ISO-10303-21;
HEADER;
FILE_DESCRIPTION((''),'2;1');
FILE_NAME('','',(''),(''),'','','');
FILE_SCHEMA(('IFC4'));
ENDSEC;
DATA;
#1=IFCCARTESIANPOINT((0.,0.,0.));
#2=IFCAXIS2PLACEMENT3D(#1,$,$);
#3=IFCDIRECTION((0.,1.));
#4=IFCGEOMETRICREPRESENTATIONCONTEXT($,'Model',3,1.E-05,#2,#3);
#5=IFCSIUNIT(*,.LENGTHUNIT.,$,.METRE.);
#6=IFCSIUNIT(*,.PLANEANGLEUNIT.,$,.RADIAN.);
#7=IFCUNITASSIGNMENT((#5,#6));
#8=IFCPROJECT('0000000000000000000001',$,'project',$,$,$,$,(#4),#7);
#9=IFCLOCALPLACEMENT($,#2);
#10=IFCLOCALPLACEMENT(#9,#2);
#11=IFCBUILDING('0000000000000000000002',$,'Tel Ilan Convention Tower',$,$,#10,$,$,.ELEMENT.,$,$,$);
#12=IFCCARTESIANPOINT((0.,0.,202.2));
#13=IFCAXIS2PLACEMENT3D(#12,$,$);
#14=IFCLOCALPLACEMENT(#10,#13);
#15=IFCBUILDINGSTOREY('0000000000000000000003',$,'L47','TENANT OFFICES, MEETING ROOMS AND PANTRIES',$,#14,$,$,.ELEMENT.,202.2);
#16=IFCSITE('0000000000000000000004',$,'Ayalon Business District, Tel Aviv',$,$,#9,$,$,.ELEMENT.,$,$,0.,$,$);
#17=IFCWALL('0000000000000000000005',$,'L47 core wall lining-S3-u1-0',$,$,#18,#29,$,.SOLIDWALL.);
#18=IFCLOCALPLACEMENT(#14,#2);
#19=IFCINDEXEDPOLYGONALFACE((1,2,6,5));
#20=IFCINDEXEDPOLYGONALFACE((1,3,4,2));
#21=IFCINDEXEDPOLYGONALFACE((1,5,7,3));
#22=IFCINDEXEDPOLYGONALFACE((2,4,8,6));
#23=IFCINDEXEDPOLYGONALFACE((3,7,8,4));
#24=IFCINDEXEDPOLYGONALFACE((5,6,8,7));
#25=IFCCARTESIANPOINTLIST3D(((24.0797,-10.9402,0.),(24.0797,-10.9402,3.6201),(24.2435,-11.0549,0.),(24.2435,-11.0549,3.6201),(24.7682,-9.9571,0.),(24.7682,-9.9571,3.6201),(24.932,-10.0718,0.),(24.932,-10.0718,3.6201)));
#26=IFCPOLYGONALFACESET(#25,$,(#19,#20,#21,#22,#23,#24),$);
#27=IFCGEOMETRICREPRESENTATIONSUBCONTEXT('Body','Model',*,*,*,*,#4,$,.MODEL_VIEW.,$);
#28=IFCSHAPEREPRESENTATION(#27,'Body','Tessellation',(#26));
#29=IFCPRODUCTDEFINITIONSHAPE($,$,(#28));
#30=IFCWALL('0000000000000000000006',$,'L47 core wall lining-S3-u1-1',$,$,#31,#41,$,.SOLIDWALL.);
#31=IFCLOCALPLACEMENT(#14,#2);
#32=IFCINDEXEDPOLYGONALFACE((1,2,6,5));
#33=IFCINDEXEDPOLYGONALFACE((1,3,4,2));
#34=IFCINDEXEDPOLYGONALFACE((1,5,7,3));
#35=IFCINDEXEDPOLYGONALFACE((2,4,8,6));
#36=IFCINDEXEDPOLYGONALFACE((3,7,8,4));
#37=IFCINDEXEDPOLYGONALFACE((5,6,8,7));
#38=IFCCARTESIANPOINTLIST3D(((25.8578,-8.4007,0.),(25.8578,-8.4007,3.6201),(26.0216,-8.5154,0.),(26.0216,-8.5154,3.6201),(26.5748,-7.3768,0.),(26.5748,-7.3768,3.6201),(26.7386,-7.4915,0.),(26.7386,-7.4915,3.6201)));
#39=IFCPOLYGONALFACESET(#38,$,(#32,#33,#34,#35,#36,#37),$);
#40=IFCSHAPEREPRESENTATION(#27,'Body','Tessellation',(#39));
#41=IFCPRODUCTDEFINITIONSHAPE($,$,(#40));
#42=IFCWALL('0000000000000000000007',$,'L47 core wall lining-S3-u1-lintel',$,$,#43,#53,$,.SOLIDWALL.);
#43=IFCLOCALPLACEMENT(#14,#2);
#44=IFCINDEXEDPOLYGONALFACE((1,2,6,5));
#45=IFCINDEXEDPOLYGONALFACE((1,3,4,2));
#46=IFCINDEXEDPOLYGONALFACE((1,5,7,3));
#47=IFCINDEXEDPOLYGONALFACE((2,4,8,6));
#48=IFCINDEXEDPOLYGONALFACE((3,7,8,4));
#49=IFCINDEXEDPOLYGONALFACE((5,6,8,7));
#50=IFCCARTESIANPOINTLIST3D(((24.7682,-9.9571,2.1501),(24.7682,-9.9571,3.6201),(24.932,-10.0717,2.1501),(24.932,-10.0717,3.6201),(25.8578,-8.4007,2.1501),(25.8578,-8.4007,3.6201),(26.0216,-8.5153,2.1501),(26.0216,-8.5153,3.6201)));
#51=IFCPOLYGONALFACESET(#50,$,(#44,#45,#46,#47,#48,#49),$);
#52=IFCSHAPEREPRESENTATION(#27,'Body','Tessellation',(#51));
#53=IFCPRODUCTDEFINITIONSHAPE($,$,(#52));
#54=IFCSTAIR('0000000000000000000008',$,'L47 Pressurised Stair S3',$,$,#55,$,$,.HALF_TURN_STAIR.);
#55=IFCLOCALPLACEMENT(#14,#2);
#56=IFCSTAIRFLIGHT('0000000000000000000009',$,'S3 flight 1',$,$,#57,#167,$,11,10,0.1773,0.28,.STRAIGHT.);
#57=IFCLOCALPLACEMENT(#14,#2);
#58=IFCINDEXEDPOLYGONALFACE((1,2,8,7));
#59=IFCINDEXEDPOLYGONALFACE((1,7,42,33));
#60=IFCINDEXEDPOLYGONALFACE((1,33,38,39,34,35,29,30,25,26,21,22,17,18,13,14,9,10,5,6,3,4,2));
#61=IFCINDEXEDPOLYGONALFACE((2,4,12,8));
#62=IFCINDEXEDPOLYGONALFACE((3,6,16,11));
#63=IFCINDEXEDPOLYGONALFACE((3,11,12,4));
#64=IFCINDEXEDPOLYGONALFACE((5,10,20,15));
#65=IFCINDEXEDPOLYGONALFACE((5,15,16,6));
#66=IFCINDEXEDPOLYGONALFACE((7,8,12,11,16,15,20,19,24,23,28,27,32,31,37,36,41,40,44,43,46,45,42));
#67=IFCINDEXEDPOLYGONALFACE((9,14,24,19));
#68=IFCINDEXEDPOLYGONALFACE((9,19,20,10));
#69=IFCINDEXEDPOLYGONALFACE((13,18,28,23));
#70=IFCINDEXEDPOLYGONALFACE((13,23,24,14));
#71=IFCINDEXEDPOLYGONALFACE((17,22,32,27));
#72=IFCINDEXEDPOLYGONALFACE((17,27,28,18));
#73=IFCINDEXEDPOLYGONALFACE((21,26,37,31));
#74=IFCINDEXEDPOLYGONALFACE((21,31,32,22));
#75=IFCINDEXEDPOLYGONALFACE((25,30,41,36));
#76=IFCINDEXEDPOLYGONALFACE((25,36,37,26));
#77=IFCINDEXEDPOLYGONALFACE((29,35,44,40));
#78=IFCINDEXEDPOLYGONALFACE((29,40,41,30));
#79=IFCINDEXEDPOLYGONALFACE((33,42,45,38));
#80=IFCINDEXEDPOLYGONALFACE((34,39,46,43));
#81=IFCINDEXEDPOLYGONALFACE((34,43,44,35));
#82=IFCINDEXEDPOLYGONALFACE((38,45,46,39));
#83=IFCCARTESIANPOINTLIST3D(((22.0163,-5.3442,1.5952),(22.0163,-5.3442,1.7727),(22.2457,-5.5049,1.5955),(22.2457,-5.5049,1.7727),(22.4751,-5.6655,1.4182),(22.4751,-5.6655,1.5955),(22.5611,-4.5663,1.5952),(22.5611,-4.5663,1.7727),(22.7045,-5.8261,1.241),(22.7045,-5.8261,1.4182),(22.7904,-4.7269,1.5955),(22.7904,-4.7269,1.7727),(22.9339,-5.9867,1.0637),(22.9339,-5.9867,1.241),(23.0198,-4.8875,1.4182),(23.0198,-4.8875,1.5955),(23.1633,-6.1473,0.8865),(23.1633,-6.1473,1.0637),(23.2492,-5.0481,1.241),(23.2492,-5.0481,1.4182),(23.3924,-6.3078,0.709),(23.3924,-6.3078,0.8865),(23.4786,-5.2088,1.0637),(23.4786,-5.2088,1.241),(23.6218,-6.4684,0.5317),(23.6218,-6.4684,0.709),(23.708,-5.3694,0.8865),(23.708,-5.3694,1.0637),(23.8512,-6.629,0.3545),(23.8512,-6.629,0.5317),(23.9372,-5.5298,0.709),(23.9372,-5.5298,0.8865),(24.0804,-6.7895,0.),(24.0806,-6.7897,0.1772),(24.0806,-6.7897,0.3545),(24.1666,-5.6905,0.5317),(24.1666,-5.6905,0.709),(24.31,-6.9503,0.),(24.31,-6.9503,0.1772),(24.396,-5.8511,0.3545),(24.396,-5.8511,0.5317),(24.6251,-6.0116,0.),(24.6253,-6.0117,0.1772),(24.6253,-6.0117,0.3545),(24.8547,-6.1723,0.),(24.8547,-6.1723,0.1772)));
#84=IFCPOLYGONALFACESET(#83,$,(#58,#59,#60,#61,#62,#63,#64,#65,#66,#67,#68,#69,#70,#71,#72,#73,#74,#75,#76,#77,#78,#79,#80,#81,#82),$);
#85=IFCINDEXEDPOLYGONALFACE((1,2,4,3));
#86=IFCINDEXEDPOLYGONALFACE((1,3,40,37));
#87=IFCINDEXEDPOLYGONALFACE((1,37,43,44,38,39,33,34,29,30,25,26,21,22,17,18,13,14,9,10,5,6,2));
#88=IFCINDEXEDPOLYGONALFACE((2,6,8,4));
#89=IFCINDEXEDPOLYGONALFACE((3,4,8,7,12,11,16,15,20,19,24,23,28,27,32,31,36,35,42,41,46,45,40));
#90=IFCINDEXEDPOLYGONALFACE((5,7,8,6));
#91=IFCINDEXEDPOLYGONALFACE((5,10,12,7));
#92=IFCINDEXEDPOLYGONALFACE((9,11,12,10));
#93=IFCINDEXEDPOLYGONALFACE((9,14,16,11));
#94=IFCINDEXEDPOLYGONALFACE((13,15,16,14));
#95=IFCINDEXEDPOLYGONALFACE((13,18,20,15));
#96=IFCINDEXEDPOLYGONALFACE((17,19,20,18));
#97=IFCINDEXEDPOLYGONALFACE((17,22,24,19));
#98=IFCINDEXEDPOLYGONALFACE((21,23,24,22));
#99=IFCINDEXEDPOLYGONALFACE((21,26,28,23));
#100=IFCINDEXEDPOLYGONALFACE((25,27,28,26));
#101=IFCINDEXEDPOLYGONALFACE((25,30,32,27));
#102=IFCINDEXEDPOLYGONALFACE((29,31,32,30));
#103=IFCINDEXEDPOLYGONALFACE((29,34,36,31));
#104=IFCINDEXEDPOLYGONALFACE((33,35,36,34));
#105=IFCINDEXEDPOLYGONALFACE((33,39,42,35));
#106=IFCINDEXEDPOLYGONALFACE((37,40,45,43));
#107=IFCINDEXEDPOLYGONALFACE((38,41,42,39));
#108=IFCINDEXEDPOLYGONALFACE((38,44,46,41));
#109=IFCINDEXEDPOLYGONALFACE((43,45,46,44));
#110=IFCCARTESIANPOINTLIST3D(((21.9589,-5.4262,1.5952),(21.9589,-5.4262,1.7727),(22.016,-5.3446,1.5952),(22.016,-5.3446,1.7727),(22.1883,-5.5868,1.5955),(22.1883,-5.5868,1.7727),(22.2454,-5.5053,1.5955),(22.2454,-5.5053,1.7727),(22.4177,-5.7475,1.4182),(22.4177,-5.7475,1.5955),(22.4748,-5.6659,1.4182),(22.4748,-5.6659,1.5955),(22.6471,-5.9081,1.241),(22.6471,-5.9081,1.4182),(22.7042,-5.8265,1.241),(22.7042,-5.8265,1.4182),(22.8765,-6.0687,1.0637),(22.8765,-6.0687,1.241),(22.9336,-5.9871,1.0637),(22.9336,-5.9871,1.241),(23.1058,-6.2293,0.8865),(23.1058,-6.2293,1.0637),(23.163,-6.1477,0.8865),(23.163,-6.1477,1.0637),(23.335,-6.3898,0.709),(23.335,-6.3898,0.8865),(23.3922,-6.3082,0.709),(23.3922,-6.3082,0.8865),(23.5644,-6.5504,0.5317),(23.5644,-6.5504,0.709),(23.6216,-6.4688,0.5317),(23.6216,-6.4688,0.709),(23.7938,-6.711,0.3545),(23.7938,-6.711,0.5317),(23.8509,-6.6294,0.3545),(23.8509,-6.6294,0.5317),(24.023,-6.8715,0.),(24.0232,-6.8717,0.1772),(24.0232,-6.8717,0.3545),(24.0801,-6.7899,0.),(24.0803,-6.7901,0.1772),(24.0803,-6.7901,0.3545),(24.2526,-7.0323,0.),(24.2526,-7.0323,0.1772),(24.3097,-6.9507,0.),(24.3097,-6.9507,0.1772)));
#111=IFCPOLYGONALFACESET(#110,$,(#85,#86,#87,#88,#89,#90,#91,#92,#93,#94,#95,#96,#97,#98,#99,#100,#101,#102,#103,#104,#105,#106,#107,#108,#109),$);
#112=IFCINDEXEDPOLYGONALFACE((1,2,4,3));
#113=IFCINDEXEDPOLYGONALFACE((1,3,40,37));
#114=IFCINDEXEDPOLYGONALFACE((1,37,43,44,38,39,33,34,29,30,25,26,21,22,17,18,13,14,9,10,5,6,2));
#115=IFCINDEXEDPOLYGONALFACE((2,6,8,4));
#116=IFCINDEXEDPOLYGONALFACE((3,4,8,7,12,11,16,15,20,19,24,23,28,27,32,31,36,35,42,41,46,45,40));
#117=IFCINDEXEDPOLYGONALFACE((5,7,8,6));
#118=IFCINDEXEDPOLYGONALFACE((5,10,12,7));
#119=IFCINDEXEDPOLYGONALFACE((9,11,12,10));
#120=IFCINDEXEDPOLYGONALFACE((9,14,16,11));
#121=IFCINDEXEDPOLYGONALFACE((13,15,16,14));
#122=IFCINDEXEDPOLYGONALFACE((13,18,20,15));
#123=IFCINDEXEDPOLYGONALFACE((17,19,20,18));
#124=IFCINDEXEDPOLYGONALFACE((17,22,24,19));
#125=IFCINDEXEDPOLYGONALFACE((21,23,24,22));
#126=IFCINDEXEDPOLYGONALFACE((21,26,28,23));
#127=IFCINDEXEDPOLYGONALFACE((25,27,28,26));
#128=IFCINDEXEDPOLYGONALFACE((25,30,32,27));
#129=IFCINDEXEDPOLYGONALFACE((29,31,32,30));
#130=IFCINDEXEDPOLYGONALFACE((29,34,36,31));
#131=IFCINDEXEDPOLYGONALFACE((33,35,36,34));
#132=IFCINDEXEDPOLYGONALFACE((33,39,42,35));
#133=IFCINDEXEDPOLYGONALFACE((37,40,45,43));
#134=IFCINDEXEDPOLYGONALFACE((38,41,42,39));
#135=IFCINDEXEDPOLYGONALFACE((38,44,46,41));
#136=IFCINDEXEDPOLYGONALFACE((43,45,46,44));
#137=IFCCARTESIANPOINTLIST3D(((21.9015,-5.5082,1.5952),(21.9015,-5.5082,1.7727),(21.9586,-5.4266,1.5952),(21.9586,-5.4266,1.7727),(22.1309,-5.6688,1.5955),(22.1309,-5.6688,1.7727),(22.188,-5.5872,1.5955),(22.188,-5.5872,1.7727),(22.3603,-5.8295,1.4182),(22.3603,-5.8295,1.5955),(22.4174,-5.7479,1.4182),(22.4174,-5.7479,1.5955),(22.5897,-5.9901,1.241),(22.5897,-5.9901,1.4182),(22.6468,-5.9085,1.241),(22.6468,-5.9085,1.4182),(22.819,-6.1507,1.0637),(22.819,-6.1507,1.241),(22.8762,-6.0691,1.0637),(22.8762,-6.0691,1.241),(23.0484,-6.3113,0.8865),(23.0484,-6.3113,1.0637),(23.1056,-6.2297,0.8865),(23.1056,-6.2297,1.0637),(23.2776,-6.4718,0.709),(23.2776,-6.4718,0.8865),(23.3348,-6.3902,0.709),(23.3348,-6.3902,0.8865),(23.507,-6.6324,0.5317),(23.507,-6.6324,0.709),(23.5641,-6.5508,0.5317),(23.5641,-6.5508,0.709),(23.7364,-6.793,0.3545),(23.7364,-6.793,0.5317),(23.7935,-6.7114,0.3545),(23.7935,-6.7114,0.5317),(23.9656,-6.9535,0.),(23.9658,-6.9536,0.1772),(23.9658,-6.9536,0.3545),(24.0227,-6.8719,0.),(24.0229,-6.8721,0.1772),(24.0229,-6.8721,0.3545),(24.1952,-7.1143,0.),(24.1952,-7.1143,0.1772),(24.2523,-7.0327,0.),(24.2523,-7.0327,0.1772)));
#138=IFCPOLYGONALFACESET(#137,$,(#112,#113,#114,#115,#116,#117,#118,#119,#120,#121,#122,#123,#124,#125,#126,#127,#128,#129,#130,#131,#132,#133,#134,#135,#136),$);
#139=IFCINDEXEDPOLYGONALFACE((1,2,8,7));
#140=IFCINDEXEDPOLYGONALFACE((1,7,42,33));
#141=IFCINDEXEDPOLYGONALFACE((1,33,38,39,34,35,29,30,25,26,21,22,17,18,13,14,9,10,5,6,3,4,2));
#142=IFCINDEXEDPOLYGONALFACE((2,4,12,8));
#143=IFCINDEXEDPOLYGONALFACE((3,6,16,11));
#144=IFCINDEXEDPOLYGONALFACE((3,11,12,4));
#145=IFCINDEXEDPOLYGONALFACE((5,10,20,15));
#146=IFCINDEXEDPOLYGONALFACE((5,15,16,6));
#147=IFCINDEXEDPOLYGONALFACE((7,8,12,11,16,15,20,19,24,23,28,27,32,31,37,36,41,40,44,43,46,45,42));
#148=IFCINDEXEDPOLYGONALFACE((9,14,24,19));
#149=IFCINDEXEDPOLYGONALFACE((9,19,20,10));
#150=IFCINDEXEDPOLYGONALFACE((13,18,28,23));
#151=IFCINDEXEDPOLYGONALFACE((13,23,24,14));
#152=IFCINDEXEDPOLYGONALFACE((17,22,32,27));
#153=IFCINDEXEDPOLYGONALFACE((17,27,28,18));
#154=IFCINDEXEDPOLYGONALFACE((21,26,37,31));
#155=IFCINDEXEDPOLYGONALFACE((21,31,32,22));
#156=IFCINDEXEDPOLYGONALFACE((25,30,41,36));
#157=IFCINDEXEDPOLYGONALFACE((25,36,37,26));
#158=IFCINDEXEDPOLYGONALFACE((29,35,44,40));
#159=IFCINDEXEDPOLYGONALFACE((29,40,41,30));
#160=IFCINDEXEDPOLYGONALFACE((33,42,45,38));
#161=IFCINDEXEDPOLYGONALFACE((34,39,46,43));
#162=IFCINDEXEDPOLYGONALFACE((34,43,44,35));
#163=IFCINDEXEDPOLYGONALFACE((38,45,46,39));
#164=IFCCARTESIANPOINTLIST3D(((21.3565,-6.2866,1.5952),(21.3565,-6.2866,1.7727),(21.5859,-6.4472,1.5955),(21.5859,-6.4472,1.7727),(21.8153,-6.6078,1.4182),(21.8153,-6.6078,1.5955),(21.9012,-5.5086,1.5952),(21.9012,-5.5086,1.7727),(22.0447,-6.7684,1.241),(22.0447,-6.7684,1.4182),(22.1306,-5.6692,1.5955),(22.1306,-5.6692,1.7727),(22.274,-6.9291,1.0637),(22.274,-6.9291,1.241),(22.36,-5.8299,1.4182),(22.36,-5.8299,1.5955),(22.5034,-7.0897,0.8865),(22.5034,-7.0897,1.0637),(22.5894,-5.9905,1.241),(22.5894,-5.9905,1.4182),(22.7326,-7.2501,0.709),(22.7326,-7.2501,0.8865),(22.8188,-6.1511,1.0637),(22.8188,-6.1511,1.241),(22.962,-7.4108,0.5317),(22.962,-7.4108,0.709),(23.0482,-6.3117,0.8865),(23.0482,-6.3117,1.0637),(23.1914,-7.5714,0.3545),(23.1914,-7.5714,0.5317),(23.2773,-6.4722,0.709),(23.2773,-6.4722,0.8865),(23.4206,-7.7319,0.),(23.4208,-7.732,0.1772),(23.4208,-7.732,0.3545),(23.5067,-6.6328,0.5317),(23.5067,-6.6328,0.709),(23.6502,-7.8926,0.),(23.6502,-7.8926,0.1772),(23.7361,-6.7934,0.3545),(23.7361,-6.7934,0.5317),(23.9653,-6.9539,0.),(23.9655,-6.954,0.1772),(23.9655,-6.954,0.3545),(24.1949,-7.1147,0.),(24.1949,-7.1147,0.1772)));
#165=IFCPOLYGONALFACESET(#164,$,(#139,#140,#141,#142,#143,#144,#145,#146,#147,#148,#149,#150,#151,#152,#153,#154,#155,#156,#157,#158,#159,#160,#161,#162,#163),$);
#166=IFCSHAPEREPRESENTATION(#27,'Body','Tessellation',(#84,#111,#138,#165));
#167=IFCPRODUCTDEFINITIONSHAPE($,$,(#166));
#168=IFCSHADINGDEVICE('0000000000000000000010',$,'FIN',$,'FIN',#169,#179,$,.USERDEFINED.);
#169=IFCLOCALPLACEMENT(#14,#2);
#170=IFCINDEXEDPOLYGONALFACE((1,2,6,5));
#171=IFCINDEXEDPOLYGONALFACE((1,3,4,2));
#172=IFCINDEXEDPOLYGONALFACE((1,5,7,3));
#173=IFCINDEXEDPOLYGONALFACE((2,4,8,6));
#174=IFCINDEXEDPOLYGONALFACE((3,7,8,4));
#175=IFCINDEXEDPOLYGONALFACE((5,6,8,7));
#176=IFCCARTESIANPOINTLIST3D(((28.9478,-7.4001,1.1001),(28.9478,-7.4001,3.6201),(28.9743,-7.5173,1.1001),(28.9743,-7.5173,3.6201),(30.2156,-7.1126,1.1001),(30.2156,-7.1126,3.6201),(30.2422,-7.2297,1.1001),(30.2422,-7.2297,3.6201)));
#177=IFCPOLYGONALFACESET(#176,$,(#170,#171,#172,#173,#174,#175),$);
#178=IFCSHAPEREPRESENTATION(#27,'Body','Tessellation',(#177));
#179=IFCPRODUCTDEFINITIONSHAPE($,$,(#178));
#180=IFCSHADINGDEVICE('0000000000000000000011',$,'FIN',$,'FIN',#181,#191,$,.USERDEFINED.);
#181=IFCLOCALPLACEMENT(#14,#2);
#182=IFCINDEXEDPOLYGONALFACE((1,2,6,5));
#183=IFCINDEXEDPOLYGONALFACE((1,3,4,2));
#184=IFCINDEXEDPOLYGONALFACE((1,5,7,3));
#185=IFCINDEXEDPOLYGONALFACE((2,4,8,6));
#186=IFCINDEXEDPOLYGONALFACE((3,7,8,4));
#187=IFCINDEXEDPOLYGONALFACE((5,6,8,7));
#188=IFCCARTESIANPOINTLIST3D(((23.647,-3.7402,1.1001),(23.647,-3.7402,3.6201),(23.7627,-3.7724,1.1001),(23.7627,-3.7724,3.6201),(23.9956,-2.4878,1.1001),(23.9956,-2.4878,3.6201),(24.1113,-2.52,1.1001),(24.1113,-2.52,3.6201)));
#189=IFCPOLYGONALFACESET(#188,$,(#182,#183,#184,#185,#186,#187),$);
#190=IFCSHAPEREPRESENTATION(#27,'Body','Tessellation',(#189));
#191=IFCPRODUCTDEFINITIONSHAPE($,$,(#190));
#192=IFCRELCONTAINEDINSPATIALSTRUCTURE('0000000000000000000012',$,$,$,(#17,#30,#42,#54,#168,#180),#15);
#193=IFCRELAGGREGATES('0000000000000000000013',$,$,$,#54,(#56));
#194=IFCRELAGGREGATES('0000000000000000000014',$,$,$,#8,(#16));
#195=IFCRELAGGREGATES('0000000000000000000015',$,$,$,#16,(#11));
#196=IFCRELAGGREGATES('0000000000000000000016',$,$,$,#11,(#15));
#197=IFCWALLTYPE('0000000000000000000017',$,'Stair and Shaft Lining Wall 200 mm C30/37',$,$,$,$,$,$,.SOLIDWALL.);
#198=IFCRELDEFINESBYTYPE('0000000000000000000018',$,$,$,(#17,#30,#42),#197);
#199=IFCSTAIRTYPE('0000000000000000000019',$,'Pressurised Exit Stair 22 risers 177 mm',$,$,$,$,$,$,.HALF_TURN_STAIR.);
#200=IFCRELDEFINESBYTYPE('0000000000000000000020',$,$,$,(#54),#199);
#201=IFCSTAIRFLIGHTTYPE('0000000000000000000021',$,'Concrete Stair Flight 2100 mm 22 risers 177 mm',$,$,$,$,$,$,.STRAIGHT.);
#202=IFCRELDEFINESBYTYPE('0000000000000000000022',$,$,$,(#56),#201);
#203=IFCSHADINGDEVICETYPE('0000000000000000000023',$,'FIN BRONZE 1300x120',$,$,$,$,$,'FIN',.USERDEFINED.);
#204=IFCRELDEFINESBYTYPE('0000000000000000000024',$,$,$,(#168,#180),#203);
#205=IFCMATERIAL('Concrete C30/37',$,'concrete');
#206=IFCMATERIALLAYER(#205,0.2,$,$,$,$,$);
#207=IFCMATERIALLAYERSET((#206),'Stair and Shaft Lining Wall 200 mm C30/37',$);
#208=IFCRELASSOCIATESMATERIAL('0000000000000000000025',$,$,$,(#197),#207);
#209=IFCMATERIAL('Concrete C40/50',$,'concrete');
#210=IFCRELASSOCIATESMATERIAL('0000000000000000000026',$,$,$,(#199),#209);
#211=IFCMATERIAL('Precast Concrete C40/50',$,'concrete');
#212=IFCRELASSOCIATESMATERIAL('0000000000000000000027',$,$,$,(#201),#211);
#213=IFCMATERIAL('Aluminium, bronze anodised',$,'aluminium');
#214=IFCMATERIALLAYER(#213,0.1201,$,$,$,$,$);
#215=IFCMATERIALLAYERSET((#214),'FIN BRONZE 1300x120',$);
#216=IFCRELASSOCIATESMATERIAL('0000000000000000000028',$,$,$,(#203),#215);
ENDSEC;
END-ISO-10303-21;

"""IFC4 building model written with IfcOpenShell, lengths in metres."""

from ifc_helpers import new_model, si_unit, direction, frame, frame_2d, origin, origin_2d, place, context, subcontext, project, spatial, polyline, rectangle, outline, extrude, material, layer, layer_set, type_object, element, aggregate, save


model = new_model("IFC4")

# Units and contexts
model_context = context("Model", 3, precision=1e-05, world=origin(), true_north=direction((0.0, 1.0)))
body_context = subcontext(model_context, "Body", "Model", "MODEL_VIEW")
ifc_project = project(units=[si_unit("LENGTHUNIT", "METRE"), si_unit("PLANEANGLEUNIT", "RADIAN")], contexts=[model_context])

# Site, building, storey
site_placement = place(None, origin())
site = spatial("IfcSite", under=ifc_project, at=site_placement, Name="Ayalon Business District, Tel Aviv", CompositionType="ELEMENT", RefElevation=0.0)
building_placement = place(site_placement, origin())
building = spatial("IfcBuilding", under=site, at=building_placement, Name="Tel Ilan Convention Tower", CompositionType="ELEMENT")
storey_placement = place(building_placement, frame((0.0, 0.0, 202.2)))
storey = spatial("IfcBuildingStorey", under=building, at=storey_placement, Name="L47", Description="TENANT OFFICES, MEETING ROOMS AND PANTRIES", CompositionType="ELEMENT", Elevation=202.2)

# Walls
ifc_material_1 = material(Name="Concrete C30/37", Category="concrete")
ifc_layer_1 = layer(ifc_material_1, 0.2)
ifc_layer_set_1 = layer_set([ifc_layer_1], Name="Stair and Shaft Lining Wall 200 mm C30/37")
wall_type_1 = type_object("IfcWallType", Name="Stair and Shaft Lining Wall 200 mm C30/37", PredefinedType="SOLIDWALL", material=ifc_layer_set_1)
wall_1_placement = place(storey_placement, frame((24.1616, -10.9976, 0.0), z_axis=(0.0, 0.0, 1.0), x_axis=(0.573613, 0.819127, 0.0)))
element("IfcWall", 1, at=wall_1_placement, inside=storey, type_object=wall_type_1, Name="L47 core wall lining-S3-u1-0", PredefinedType="SOLIDWALL", context=body_context, shape_type="SweptSolid", body=[
    extrude(rectangle(XDim=1.2002, YDim=0.2, at=frame_2d((0.6001, 0.0))), origin(), (0.0, 0.0, 1.0), 3.6201),
])
wall_2_placement = place(storey_placement, frame((25.9397, -8.458, 0.0), z_axis=(0.0, 0.0, 1.0), x_axis=(0.57362, 0.819122, 0.0)))
element("IfcWall", 2, at=wall_2_placement, inside=storey, type_object=wall_type_1, Name="L47 core wall lining-S3-u1-1", PredefinedType="SOLIDWALL", context=body_context, shape_type="SweptSolid", body=[
    extrude(rectangle(XDim=1.25, YDim=0.2, at=frame_2d((0.625, 0.0))), origin(), (0.0, 0.0, 1.0), 3.6201),
])
wall_3_placement = place(storey_placement, frame((24.8501, -10.0144, 2.1501), z_axis=(0.0, 0.0, 1.0), x_axis=(0.573505, 0.819202, 0.0)))
element("IfcWall", 3, at=wall_3_placement, inside=storey, type_object=wall_type_1, Name="L47 core wall lining-S3-u1-lintel", PredefinedType="SOLIDWALL", context=body_context, shape_type="SweptSolid", body=[
    extrude(rectangle(XDim=1.8999, YDim=0.2, at=frame_2d((0.95, 0.0))), origin(), (0.0, 0.0, 1.0), 1.47),
])

# Stair, stair flight
ifc_material_2 = material(Name="Concrete C40/50", Category="concrete")
stair_type = type_object("IfcStairType", Name="Pressurised Exit Stair 22 risers 177 mm", PredefinedType="HALF_TURN_STAIR", material=ifc_material_2)
stair_placement = place(storey_placement, origin())
stair = element("IfcStair", 4, at=stair_placement, inside=storey, type_object=stair_type, Name="L47 Pressurised Stair S3", PredefinedType="HALF_TURN_STAIR")
ifc_material_3 = material(Name="Precast Concrete C40/50", Category="concrete")
stair_flight_type = type_object("IfcStairFlightType", Name="Concrete Stair Flight 2100 mm 22 risers 177 mm", PredefinedType="STRAIGHT", material=ifc_material_3)
stair_flight_placement = place(storey_placement, frame((24.2524, -7.0325, 0.0), z_axis=(0.0, 0.0, 1.0), x_axis=(-0.819152, 0.573576, 0.0)))
stair_flight = element("IfcStairFlight", 5, at=stair_flight_placement, type_object=stair_flight_type, Name="S3 flight 1", NumberOfRisers=11, NumberOfTreads=10, PredefinedType="STRAIGHT", RiserHeight=0.1773, TreadLength=0.28, context=body_context, shape_type="SweptSolid", body=[
    extrude(outline(polyline([(0.0, 0.0), (0.0, 0.1772), (0.28, 0.1772), (0.28, 0.3545), (0.5601, 0.3545), (0.5601, 0.5317), (0.8401, 0.5317), (0.8401, 0.709), (1.1201, 0.709), (1.1201, 0.8865), (1.3999, 0.8865), (1.3999, 1.0637), (1.6799, 1.0637), (1.6799, 1.241), (1.96, 1.241), (1.96, 1.4182), (2.24, 1.4182), (2.24, 1.5955), (2.52, 1.5955), (2.52, 1.7727), (2.8, 1.7727), (2.8, 1.95), (2.8, 1.5952), (0.2803, 0.0), (0.0, 0.0)])), frame((0.0, -0.1003, 0.0), z_axis=(0.0, -1.0, 0.0), x_axis=(1.0, 0.0, 0.0)), (0.0, 0.0, 1.0), 0.9497),
    extrude(outline(polyline([(0.0, 0.0), (0.0, 0.1772), (0.28, 0.1772), (0.28, 0.3545), (0.5601, 0.3545), (0.5601, 0.5317), (0.8401, 0.5317), (0.8401, 0.709), (1.1201, 0.709), (1.1201, 0.8865), (1.3999, 0.8865), (1.3999, 1.0637), (1.6799, 1.0637), (1.6799, 1.241), (1.96, 1.241), (1.96, 1.4182), (2.24, 1.4182), (2.24, 1.5955), (2.52, 1.5955), (2.52, 1.7727), (2.8, 1.7727), (2.8, 1.95), (2.8, 1.5952), (0.2803, 0.0), (0.0, 0.0)])), frame((0.0, -0.0002, 0.0), z_axis=(0.0, -1.0, 0.0), x_axis=(1.0, 0.0, 0.0)), (0.0, 0.0, 1.0), 0.0996),
    extrude(outline(polyline([(0.0, 0.0), (0.0, 0.1772), (0.28, 0.1772), (0.28, 0.3545), (0.5601, 0.3545), (0.5601, 0.5317), (0.8401, 0.5317), (0.8401, 0.709), (1.1201, 0.709), (1.1201, 0.8865), (1.3999, 0.8865), (1.3999, 1.0637), (1.6799, 1.0637), (1.6799, 1.241), (1.96, 1.241), (1.96, 1.4182), (2.24, 1.4182), (2.24, 1.5955), (2.52, 1.5955), (2.52, 1.7727), (2.8, 1.7727), (2.8, 1.95), (2.8, 1.5952), (0.2803, 0.0), (0.0, 0.0)])), frame((0.0, 0.0999, 0.0), z_axis=(0.0, -1.0, 0.0), x_axis=(1.0, 0.0, 0.0)), (0.0, 0.0, 1.0), 0.0996),
    extrude(outline(polyline([(0.0, 0.0), (0.0, 0.1772), (0.28, 0.1772), (0.28, 0.3545), (0.5601, 0.3545), (0.5601, 0.5317), (0.8401, 0.5317), (0.8401, 0.709), (1.1201, 0.709), (1.1201, 0.8865), (1.3999, 0.8865), (1.3999, 1.0637), (1.6799, 1.0637), (1.6799, 1.241), (1.96, 1.241), (1.96, 1.4182), (2.24, 1.4182), (2.24, 1.5955), (2.52, 1.5955), (2.52, 1.7727), (2.8, 1.7727), (2.8, 1.95), (2.8, 1.5952), (0.2803, 0.0), (0.0, 0.0)])), frame((0.0, 1.05, 0.0), z_axis=(0.0, -1.0, 0.0), x_axis=(1.0, 0.0, 0.0)), (0.0, 0.0, 1.0), 0.9497),
])
aggregate(stair, [stair_flight])

# Shading devices
ifc_material_4 = material(Name="Aluminium, bronze anodised", Category="aluminium")
ifc_layer_2 = layer(ifc_material_4, 0.1201)
ifc_layer_set_2 = layer_set([ifc_layer_2], Name="FIN BRONZE 1300x120")
shading_device_type = type_object("IfcShadingDeviceType", Name="FIN BRONZE 1300x120", ElementType="FIN", PredefinedType="USERDEFINED", material=ifc_layer_set_2)
for number, where, z_axis, x_axis, name in (
    (6, (29.595, -7.3149, 1.1001), (0.0, 0.0, 1.0), (0.975235, 0.22117, 0.0), "FIN"),
    (7, (23.8792, -3.1301, 1.1001), (0.0, 0.0, 1.0), (0.268173, 0.963371, 0.0), "FIN"),
):
    element("IfcShadingDevice", number, at=place(storey_placement, frame(where, z_axis=z_axis, x_axis=x_axis)), inside=storey, type_object=shading_device_type, Name=name, ObjectType="FIN", PredefinedType="USERDEFINED", context=body_context, shape_type="SweptSolid", body=[
        extrude(rectangle(XDim=1.3, YDim=0.1201, at=origin_2d()), origin(), (0.0, 0.0, 1.0), 2.52),
    ])

save(model, "model.ifc")
